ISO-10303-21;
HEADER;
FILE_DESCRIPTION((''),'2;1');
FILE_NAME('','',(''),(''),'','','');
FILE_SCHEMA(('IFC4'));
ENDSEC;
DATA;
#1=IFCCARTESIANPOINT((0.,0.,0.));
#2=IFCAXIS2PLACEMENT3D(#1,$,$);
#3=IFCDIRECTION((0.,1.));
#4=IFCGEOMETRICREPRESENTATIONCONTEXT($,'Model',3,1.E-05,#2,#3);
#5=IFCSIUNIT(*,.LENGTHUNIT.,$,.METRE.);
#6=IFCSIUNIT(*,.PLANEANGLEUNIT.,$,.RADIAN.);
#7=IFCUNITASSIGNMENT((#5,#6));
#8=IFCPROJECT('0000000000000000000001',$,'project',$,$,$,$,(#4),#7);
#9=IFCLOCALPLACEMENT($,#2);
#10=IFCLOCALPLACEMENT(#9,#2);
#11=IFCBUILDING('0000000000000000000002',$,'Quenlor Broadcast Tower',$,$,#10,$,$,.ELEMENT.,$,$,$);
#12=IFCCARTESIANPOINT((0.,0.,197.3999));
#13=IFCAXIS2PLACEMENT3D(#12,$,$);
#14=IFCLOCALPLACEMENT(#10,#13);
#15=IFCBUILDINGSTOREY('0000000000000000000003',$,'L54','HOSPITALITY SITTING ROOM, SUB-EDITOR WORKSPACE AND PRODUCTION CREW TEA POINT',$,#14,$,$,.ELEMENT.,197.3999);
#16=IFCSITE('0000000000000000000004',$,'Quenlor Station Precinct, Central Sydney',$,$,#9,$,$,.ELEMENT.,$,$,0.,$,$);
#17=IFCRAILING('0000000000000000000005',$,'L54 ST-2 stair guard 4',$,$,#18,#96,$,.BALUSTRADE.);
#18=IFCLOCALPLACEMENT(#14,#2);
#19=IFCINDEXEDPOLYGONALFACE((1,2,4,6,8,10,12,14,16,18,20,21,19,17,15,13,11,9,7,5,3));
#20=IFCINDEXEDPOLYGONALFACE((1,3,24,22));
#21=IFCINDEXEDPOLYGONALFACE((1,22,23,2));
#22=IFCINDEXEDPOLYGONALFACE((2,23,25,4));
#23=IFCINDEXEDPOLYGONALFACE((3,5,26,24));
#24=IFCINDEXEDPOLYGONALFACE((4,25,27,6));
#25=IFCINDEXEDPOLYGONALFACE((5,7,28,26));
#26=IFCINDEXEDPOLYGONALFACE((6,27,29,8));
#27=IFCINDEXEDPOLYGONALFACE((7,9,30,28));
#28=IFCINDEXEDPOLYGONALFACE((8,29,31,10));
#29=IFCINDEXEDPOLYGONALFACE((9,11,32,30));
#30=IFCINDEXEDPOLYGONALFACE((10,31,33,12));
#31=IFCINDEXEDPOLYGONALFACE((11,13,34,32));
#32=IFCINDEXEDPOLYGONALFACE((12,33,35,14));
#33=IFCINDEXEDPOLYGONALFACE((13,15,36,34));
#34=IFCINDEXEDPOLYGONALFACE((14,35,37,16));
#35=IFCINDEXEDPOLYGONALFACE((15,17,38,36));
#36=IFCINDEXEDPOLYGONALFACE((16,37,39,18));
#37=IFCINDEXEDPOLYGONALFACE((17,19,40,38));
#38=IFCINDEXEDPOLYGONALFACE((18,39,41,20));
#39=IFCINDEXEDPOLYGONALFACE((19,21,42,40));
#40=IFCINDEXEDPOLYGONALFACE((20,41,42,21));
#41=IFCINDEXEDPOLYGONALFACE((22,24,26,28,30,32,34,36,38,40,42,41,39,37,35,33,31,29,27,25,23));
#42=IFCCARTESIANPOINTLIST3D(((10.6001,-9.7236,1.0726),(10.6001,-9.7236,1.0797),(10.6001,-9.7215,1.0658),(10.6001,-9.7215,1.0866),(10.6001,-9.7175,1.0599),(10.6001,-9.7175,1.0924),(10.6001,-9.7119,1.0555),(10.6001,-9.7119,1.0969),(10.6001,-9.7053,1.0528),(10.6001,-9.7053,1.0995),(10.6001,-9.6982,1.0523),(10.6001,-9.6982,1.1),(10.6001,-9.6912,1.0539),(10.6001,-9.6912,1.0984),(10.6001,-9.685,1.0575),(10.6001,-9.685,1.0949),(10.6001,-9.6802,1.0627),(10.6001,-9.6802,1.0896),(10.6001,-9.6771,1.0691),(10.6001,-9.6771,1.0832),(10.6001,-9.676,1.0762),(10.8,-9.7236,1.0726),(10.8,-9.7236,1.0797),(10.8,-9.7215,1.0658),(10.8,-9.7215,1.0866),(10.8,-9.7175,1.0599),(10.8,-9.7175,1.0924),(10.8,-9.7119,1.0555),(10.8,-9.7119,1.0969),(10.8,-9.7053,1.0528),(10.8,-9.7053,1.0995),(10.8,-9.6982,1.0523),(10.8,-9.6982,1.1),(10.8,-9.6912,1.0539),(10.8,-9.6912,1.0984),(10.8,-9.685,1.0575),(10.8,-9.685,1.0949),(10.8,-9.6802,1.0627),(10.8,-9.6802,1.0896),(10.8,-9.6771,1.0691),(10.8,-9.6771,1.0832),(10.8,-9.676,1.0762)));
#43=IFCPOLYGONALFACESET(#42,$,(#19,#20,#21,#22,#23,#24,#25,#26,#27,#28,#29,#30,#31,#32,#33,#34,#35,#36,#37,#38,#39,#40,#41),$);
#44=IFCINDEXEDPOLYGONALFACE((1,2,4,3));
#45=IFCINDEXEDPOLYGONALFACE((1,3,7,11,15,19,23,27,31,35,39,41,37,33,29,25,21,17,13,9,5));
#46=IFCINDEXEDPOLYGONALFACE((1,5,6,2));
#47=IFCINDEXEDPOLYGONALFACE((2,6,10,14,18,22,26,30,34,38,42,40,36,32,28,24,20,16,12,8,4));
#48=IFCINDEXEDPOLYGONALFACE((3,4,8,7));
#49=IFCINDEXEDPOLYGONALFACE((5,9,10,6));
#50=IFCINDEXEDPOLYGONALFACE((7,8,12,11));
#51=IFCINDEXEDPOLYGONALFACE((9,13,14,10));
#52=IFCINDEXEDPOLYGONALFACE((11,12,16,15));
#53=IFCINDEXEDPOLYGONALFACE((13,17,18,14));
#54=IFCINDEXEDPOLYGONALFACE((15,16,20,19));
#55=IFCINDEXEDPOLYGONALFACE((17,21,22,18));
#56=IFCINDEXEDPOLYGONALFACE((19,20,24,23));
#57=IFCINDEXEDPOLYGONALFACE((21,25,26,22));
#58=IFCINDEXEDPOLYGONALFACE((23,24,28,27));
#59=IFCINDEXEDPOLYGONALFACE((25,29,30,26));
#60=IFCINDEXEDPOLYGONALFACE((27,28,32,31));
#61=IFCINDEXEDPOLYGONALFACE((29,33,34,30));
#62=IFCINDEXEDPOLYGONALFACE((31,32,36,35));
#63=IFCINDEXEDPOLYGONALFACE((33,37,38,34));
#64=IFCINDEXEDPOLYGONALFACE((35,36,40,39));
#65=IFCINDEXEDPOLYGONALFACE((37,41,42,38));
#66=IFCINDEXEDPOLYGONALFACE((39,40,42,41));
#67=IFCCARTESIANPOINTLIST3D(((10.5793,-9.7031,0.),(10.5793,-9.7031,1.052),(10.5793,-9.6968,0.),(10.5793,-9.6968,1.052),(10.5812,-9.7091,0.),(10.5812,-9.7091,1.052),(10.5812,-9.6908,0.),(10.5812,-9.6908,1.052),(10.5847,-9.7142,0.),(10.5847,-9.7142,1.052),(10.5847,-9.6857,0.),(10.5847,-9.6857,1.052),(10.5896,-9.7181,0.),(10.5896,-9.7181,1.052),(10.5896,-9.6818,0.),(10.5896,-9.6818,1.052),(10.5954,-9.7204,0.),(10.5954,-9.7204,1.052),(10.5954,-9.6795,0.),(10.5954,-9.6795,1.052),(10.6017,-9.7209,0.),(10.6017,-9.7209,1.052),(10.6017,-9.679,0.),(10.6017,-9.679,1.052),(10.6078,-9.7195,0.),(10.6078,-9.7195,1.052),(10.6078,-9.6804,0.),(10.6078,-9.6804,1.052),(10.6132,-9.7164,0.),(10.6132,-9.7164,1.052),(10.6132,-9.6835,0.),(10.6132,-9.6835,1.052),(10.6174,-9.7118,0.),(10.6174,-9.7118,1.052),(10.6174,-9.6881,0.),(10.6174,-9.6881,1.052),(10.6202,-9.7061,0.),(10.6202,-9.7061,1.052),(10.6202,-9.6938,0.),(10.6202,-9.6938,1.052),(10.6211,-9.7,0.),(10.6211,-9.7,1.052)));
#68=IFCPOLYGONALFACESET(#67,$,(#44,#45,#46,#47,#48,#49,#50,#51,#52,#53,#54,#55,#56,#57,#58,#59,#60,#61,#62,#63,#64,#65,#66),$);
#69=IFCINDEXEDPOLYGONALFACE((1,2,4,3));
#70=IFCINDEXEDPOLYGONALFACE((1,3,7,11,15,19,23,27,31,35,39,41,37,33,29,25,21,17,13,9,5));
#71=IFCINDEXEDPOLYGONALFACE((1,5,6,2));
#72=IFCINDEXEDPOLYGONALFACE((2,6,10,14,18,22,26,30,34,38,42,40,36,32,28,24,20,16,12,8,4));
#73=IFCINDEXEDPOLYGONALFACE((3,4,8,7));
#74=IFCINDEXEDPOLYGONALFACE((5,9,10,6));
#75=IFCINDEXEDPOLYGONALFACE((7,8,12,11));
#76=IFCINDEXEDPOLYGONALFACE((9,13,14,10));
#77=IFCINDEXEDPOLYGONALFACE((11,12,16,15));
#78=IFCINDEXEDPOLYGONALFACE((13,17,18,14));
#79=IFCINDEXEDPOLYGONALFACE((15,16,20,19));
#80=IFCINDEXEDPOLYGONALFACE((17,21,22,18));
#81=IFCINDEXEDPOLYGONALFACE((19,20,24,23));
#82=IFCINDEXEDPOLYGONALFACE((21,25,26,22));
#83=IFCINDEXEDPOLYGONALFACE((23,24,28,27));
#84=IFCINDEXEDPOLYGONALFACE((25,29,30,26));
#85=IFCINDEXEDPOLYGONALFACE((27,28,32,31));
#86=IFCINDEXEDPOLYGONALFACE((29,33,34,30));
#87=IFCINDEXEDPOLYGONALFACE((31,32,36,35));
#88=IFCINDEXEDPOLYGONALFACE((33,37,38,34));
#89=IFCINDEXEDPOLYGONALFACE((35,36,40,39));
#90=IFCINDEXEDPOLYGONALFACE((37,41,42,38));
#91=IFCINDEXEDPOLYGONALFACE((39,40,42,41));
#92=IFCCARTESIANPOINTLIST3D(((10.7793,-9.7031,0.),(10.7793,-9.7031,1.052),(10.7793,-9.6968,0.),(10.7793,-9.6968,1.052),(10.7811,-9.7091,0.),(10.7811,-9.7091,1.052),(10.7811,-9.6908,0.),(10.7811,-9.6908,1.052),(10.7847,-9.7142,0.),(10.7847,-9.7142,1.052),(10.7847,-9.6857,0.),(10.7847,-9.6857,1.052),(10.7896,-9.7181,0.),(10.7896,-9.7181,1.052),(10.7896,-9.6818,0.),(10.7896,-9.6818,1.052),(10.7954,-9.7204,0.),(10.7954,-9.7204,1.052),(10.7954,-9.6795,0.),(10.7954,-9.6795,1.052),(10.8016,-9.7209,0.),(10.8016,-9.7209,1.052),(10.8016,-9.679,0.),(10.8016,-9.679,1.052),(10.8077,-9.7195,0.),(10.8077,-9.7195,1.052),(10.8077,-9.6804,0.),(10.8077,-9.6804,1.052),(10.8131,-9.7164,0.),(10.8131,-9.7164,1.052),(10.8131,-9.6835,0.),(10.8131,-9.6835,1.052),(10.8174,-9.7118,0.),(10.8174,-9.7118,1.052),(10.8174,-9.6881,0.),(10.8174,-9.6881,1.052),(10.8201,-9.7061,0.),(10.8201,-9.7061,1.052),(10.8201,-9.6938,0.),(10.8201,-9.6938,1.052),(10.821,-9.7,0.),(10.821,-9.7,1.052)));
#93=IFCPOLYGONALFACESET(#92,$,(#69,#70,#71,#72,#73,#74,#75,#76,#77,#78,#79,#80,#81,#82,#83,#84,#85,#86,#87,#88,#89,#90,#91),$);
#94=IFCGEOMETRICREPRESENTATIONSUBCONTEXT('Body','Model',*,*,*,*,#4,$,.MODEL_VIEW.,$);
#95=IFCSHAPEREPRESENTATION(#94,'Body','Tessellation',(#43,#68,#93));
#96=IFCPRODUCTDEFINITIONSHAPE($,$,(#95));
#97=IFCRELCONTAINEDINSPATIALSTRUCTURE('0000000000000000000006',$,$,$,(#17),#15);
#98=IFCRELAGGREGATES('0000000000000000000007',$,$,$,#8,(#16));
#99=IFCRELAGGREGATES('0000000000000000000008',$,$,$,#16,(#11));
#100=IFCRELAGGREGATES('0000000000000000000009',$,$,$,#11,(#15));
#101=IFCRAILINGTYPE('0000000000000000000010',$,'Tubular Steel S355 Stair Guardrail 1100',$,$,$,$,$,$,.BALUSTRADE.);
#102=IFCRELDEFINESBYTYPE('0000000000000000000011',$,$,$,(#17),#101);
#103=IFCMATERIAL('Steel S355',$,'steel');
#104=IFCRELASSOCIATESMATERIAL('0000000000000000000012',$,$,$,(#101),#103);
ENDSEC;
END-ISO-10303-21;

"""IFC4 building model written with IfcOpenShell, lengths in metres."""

from ifc_helpers import new_model, si_unit, direction, frame, origin, origin_2d, place, context, subcontext, project, spatial, circle, extrude, material, type_object, element, save


model = new_model("IFC4")

# Units and contexts
model_context = context("Model", 3, precision=1e-05, world=origin(), true_north=direction((0.0, 1.0)))
body_context = subcontext(model_context, "Body", "Model", "MODEL_VIEW")
ifc_project = project(units=[si_unit("LENGTHUNIT", "METRE"), si_unit("PLANEANGLEUNIT", "RADIAN")], contexts=[model_context])

# Site, building, storey
site_placement = place(None, origin())
site = spatial("IfcSite", under=ifc_project, at=site_placement, Name="Quenlor Station Precinct, Central Sydney", CompositionType="ELEMENT", RefElevation=0.0)
building_placement = place(site_placement, origin())
building = spatial("IfcBuilding", under=site, at=building_placement, Name="Quenlor Broadcast Tower", CompositionType="ELEMENT")
storey_placement = place(building_placement, frame((0.0, 0.0, 197.3999)))
storey = spatial("IfcBuildingStorey", under=building, at=storey_placement, Name="L54", Description="HOSPITALITY SITTING ROOM, SUB-EDITOR WORKSPACE AND PRODUCTION CREW TEA POINT", CompositionType="ELEMENT", Elevation=197.3999)

# Railing
ifc_material_1 = material(Name="Steel S355", Category="steel")
railing_type_1 = type_object("IfcRailingType", Name="Tubular Steel S355 Stair Guardrail 1100", PredefinedType="BALUSTRADE", material=ifc_material_1)
railing_1_placement = place(storey_placement, frame((10.6001, -9.7, 0.0)))
element("IfcRailing", 1, at=railing_1_placement, inside=storey, type_object=railing_type_1, Name="L54 ST-2 stair guard 4", PredefinedType="BALUSTRADE", context=body_context, shape_type="SweptSolid", body=[
    extrude(circle(Radius=0.0239, at=origin_2d()), frame((0.0, 0.0, 1.0762), z_axis=(1.0, 0.0, 0.0), x_axis=(0.0, 1.0, 0.0)), (0.0, 0.0, 1.0), 0.2),
    extrude(circle(Radius=0.021, at=origin_2d()), origin(), (0.0, 0.0, 1.0), 1.052),
    extrude(circle(Radius=0.021, at=origin_2d()), frame((0.2, 0.0, 0.0)), (0.0, 0.0, 1.0), 1.052),
])

save(model, "model.ifc")
